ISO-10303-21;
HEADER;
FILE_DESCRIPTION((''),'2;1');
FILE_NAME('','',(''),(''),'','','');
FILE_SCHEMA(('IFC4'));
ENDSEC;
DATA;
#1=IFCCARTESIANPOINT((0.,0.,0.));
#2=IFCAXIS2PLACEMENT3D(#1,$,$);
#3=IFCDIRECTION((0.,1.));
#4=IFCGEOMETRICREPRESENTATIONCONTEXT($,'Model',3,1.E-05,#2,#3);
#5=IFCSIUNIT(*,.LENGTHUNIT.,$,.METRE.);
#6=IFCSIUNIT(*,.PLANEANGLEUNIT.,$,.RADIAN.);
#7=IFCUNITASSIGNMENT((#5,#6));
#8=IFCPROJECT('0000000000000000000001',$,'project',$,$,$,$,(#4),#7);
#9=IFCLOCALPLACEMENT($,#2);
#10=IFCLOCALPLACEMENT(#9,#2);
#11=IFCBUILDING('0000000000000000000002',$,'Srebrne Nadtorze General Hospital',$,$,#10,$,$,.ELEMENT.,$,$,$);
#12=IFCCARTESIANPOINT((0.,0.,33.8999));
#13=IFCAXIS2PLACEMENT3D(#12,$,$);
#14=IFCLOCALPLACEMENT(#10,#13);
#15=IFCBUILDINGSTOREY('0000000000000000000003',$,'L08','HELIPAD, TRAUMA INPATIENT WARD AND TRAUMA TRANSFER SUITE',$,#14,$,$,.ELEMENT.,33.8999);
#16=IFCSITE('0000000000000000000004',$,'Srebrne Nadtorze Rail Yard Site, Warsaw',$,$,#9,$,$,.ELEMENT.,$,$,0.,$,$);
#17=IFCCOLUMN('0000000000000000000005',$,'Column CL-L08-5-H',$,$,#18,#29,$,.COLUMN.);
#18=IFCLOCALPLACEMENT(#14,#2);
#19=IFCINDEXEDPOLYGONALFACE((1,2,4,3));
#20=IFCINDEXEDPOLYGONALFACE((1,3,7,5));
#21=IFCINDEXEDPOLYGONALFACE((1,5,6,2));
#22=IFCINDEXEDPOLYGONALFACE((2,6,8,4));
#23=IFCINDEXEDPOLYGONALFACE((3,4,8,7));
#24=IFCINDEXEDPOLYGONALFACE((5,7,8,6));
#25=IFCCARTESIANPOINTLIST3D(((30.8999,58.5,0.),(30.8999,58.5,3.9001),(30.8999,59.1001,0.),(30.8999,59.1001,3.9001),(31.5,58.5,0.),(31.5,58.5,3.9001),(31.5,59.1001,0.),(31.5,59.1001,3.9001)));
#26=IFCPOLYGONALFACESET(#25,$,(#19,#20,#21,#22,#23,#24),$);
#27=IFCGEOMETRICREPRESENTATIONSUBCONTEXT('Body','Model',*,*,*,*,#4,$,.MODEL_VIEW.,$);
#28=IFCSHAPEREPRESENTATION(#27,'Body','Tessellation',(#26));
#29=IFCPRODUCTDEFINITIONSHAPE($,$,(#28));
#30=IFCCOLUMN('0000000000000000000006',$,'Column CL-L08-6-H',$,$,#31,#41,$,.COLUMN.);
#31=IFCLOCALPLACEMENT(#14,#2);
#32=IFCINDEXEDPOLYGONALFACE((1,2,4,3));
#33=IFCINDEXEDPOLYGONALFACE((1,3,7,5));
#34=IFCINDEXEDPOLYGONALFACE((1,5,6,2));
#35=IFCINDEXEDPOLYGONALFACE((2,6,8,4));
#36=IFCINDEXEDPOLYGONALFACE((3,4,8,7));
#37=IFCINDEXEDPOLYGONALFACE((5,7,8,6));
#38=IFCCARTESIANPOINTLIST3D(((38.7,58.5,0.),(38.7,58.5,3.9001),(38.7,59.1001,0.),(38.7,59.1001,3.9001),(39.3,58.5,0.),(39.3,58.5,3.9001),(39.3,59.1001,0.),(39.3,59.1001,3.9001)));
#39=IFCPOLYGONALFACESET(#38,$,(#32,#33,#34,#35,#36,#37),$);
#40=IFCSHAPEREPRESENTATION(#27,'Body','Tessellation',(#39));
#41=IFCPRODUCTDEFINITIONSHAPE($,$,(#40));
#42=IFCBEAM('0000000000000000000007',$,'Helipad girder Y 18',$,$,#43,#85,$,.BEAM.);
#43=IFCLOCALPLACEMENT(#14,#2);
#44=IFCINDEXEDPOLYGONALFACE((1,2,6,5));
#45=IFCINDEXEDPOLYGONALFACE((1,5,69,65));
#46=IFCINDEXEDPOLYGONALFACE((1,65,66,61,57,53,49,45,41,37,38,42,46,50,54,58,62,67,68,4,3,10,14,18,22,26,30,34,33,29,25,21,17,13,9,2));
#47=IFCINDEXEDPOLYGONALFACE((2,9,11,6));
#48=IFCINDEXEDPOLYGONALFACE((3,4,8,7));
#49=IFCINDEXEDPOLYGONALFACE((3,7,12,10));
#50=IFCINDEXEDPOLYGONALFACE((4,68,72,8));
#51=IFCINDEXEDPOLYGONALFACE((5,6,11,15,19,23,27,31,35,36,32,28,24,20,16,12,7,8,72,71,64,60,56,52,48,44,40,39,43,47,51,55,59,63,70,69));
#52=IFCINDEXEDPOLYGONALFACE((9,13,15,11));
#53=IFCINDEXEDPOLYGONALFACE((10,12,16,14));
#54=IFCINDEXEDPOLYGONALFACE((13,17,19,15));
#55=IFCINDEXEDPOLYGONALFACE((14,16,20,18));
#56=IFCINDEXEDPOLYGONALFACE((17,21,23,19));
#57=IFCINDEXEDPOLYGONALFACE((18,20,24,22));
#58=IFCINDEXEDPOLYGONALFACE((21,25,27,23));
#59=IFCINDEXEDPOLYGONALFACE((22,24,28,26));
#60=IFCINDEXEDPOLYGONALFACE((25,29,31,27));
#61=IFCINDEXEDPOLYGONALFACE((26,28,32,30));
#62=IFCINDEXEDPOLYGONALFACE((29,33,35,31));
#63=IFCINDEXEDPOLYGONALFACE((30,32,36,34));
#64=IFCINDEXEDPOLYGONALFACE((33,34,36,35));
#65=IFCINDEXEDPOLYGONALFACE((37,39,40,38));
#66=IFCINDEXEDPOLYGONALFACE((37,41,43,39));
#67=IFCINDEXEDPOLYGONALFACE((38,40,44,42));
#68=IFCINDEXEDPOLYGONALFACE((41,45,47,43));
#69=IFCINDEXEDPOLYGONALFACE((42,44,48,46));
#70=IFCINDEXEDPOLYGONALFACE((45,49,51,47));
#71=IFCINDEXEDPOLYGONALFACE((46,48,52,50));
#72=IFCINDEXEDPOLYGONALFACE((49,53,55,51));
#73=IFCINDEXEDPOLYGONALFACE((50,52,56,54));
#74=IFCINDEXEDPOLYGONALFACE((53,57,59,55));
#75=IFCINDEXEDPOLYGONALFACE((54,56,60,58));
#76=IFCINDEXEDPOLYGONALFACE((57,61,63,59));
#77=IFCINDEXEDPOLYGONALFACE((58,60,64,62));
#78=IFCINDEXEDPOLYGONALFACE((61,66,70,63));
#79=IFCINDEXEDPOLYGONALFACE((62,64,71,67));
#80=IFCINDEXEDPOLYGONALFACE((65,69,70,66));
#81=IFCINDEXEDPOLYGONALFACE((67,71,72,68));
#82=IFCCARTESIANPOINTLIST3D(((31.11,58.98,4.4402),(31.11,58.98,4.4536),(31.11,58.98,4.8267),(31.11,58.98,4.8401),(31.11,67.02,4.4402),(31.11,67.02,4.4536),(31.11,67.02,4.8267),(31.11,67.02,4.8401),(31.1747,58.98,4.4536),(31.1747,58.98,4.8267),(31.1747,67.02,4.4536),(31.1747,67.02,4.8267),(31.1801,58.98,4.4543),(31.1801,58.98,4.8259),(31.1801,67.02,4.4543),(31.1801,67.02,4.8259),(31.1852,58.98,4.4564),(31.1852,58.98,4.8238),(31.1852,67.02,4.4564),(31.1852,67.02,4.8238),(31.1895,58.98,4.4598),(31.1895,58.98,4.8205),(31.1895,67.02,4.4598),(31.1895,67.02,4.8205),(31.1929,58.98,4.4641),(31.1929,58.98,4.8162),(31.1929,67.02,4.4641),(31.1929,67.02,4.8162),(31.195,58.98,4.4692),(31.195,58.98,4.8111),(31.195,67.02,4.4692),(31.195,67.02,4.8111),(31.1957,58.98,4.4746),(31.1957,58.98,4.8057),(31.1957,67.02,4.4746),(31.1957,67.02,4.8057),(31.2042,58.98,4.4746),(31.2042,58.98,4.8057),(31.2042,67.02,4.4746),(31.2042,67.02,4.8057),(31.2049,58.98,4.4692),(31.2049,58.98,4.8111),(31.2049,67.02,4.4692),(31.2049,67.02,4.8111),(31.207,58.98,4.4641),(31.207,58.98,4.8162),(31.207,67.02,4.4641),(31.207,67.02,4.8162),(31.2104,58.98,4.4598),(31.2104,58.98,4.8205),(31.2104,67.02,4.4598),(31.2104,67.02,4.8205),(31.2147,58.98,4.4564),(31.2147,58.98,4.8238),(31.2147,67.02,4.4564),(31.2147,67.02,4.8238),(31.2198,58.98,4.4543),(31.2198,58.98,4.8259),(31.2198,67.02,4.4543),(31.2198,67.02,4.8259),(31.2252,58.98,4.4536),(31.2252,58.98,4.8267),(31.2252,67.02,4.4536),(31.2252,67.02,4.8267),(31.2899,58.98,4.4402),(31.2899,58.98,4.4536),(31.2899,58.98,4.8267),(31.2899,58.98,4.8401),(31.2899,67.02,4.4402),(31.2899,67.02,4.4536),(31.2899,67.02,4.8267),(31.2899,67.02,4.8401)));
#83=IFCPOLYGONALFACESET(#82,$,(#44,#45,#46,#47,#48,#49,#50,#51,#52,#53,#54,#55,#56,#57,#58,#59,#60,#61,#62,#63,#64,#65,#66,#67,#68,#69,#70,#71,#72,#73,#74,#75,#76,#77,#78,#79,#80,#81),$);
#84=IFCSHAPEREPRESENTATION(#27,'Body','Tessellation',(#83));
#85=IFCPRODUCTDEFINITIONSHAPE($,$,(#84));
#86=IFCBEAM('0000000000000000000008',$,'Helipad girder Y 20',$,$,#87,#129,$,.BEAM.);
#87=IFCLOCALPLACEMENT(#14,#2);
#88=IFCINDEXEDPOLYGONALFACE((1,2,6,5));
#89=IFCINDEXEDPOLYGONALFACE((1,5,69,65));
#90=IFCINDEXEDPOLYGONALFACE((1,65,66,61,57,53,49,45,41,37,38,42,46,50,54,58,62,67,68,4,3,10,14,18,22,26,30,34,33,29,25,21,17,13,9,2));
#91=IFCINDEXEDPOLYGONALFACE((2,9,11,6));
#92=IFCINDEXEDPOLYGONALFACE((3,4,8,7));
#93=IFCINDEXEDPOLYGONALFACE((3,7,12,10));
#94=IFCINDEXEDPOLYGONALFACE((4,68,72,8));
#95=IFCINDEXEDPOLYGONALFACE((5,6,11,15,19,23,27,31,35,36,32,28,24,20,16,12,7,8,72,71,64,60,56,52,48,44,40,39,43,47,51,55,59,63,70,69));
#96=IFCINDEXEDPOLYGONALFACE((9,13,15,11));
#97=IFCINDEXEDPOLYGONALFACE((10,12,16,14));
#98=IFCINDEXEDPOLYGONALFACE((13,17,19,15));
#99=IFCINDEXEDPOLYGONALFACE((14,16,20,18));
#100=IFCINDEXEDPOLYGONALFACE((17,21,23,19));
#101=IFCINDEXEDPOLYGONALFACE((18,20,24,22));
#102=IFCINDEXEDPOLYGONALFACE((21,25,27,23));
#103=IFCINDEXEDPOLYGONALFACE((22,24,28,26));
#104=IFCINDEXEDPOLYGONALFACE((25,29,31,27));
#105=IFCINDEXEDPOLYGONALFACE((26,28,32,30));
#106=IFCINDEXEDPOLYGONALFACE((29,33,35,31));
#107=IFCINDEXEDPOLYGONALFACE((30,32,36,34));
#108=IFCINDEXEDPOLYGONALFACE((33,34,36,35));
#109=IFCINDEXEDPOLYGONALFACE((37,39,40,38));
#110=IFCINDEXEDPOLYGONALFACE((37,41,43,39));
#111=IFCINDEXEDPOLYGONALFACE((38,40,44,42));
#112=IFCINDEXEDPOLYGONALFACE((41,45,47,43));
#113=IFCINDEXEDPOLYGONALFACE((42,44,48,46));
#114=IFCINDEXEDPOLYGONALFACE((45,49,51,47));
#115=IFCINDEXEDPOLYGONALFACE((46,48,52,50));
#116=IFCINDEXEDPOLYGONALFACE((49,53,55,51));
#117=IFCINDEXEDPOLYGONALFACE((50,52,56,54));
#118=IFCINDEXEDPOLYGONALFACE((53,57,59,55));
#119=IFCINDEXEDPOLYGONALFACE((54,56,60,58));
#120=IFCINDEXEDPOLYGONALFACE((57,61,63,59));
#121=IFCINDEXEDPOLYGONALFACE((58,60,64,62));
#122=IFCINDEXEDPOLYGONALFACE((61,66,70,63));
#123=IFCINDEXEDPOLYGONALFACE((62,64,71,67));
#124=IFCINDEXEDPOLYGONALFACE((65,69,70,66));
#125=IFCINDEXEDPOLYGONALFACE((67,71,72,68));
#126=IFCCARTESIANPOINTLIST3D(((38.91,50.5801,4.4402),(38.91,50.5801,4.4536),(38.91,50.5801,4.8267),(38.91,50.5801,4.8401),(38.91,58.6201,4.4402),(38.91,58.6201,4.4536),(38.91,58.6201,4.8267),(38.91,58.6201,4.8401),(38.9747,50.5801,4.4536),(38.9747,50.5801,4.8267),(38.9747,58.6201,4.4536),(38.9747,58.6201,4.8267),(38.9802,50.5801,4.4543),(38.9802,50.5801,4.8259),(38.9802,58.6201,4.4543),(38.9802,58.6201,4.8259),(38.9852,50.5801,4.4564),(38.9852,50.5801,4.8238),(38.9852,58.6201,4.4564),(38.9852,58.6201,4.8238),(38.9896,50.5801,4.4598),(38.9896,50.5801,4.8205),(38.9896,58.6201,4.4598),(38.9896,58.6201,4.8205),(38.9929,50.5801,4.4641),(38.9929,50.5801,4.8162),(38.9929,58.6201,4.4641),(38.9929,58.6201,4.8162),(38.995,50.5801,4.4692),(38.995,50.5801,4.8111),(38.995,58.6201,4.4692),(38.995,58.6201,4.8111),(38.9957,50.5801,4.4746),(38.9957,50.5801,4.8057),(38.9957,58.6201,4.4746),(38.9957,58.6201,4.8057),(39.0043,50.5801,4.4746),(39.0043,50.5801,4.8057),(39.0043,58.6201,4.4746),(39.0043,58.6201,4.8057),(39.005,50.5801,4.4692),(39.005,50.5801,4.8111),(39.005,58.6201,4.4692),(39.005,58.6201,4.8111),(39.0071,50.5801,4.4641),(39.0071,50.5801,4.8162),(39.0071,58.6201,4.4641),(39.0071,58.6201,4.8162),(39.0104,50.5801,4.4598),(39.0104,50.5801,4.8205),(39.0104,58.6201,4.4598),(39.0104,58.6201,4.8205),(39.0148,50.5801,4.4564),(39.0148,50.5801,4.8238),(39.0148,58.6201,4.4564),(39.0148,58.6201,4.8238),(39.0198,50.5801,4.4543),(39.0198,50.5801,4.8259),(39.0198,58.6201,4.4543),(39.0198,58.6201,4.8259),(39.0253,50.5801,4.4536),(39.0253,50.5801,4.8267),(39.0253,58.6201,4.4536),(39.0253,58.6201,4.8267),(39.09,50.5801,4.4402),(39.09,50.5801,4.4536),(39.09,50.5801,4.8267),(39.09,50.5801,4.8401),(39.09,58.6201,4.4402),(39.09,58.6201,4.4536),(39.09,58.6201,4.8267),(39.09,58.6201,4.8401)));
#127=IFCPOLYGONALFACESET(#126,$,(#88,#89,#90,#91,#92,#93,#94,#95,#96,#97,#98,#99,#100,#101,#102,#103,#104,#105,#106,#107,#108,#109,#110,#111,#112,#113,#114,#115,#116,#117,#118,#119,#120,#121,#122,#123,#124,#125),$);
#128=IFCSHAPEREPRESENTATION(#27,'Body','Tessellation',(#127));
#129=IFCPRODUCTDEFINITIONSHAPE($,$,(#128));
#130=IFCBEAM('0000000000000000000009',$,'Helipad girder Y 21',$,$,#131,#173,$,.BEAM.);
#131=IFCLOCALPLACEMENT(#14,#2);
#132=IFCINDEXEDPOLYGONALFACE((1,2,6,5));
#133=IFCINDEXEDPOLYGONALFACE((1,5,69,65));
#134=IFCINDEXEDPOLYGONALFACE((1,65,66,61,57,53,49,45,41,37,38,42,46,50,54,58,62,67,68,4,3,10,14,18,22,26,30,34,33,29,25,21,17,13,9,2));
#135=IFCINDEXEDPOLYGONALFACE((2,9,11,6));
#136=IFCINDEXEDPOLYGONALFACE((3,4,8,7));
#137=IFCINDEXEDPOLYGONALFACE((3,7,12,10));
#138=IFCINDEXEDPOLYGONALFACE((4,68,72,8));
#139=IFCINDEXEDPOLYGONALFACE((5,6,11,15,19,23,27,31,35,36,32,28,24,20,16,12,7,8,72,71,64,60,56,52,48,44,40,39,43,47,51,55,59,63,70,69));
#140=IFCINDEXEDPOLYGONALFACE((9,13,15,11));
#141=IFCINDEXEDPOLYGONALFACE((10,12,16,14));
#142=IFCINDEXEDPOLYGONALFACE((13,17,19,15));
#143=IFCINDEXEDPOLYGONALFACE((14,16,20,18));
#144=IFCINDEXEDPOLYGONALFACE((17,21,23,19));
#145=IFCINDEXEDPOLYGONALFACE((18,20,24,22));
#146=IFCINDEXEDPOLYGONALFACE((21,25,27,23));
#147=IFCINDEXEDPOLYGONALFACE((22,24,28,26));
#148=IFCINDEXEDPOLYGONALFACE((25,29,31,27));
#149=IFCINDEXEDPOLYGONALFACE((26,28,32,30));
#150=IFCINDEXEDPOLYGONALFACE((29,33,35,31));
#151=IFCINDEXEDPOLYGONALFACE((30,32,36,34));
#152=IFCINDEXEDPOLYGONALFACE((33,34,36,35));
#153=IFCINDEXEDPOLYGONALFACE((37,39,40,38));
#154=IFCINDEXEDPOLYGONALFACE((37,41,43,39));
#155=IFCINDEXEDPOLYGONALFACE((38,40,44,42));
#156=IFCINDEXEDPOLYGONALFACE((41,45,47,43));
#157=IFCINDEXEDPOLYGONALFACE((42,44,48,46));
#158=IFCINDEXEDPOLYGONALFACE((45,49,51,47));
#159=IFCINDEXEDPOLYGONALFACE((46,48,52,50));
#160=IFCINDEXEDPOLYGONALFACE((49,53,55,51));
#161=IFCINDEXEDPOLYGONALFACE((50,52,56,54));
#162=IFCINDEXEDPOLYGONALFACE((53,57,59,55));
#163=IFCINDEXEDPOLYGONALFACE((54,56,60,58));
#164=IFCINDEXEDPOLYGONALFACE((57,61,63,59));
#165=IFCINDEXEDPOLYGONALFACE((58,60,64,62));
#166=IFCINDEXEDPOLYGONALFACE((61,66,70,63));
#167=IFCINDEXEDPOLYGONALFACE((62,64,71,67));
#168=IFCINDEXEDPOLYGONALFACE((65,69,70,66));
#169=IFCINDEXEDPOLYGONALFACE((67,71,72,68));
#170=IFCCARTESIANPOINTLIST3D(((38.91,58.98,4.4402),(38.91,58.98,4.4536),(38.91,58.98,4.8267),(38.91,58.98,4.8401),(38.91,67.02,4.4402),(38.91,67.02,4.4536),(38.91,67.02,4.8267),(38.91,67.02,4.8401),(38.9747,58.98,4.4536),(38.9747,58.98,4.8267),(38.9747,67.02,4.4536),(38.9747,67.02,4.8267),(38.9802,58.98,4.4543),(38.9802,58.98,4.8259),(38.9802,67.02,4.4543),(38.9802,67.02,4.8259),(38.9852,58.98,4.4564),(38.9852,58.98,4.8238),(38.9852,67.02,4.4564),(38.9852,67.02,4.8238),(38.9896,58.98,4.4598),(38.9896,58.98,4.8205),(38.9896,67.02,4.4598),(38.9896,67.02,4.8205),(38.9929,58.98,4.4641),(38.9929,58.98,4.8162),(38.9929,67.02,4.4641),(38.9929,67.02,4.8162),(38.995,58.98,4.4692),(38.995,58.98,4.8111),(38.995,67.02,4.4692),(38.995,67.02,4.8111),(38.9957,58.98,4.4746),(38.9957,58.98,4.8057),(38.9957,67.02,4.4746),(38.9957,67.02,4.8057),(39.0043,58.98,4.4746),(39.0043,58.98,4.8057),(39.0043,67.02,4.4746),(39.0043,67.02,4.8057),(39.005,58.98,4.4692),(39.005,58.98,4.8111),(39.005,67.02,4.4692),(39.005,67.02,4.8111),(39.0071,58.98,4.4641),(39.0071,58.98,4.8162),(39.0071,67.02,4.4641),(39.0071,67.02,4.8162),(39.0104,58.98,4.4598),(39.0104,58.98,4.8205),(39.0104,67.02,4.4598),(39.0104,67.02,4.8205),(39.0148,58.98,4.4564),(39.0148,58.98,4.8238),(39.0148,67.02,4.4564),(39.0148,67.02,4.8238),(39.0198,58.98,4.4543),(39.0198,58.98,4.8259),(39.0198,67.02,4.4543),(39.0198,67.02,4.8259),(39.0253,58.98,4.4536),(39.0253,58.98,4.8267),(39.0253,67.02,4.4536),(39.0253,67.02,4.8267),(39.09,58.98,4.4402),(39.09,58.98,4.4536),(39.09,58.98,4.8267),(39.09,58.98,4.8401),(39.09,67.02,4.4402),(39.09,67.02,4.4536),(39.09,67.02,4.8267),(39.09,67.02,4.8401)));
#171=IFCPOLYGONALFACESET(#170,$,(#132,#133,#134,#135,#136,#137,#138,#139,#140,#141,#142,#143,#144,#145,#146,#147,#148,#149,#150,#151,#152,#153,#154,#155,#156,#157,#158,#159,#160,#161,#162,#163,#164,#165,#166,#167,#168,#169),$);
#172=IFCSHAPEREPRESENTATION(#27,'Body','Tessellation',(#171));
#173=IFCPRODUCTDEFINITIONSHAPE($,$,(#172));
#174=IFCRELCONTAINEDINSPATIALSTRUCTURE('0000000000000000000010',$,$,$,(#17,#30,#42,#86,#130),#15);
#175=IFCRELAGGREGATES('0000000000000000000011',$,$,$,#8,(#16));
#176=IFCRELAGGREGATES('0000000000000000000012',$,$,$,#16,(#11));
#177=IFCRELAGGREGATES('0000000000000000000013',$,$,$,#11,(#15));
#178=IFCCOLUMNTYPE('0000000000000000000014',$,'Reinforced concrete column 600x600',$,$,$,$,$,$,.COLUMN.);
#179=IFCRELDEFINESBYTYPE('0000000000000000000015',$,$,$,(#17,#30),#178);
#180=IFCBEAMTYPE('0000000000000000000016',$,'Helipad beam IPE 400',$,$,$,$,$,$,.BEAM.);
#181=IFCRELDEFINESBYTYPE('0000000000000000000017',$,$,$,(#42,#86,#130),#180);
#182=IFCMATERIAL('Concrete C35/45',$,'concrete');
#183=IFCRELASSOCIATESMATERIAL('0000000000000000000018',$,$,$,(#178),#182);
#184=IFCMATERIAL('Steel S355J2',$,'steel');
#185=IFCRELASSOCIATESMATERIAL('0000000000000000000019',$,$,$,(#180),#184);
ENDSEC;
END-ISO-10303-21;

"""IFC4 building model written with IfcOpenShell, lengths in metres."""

from ifc_helpers import new_model, si_unit, direction, frame, origin, origin_2d, place, context, subcontext, project, spatial, rectangle, i_section, extrude, material, material_profile, profile_set, type_object, element, save


model = new_model("IFC4")

# Units and contexts
model_context = context("Model", 3, precision=1e-05, world=origin(), true_north=direction((0.0, 1.0)))
body_context = subcontext(model_context, "Body", "Model", "MODEL_VIEW")
ifc_project = project(units=[si_unit("LENGTHUNIT", "METRE"), si_unit("PLANEANGLEUNIT", "RADIAN")], contexts=[model_context])

# Site, building, storey
site_placement = place(None, origin())
site = spatial("IfcSite", under=ifc_project, at=site_placement, Name="Srebrne Nadtorze Rail Yard Site, Warsaw", CompositionType="ELEMENT", RefElevation=0.0)
building_placement = place(site_placement, origin())
building = spatial("IfcBuilding", under=site, at=building_placement, Name="Srebrne Nadtorze General Hospital", CompositionType="ELEMENT")
storey_placement = place(building_placement, frame((0.0, 0.0, 33.8999)))
storey = spatial("IfcBuildingStorey", under=building, at=storey_placement, Name="L08", Description="HELIPAD, TRAUMA INPATIENT WARD AND TRAUMA TRANSFER SUITE", CompositionType="ELEMENT", Elevation=33.8999)

# Columns
ifc_material_1 = material(Name="Concrete C35/45", Category="concrete")
ifc_material_profile_1 = material_profile(ifc_material_1, rectangle(XDim=0.6001, YDim=0.6001, at=origin_2d()), Name="RC-COL-600x600")
ifc_profile_set_1 = profile_set([ifc_material_profile_1], Name="Concrete C35/45")
column_type = type_object("IfcColumnType", Name="Reinforced concrete column 600x600", PredefinedType="COLUMN", material=ifc_profile_set_1)
for number, where, z_axis, x_axis, name in (
    (1, (31.2, 58.8, 0.0), (0.0, 0.0, 1.0), (1.0, 0.0, 0.0), "Column CL-L08-5-H"),
    (2, (39.0, 58.8, 0.0), (0.0, 0.0, 1.0), (1.0, 0.0, 0.0), "Column CL-L08-6-H"),
):
    element("IfcColumn", number, at=place(storey_placement, frame(where, z_axis=z_axis, x_axis=x_axis)), inside=storey, type_object=column_type, Name=name, PredefinedType="COLUMN", context=body_context, shape_type="SweptSolid", body=[
        extrude(rectangle(XDim=0.6001, YDim=0.6001, at=origin_2d()), origin(), (0.0, 0.0, 1.0), 3.9001),
    ])

# Beams
ifc_material_2 = material(Name="Steel S355J2", Category="steel")
ifc_material_profile_2 = material_profile(ifc_material_2, i_section(OverallWidth=0.1799, OverallDepth=0.3999, WebThickness=0.0085, FlangeThickness=0.0134, FilletRadius=0.021, at=origin_2d()), Name="IPE-400")
ifc_profile_set_2 = profile_set([ifc_material_profile_2], Name="Steel S355J2")
beam_type_1 = type_object("IfcBeamType", Name="Helipad beam IPE 400", PredefinedType="BEAM", material=ifc_profile_set_2)
for number, where, z_axis, x_axis, name in (
    (3, (31.2, 58.98, 4.6401), (0.0, 1.0, 0.0), (-1.0, 0.0, 0.0), "Helipad girder Y 18"),
    (4, (39.0, 50.5801, 4.6401), (0.0, 1.0, 0.0), (-1.0, 0.0, 0.0), "Helipad girder Y 20"),
    (5, (39.0, 58.98, 4.6401), (0.0, 1.0, 0.0), (-1.0, 0.0, 0.0), "Helipad girder Y 21"),
):
    element("IfcBeam", number, at=place(storey_placement, frame(where, z_axis=z_axis, x_axis=x_axis)), inside=storey, type_object=beam_type_1, Name=name, PredefinedType="BEAM", context=body_context, shape_type="SweptSolid", body=[
        extrude(i_section(OverallWidth=0.1799, OverallDepth=0.3999, WebThickness=0.0085, FlangeThickness=0.0134, FilletRadius=0.021, at=origin_2d()), origin(), (0.0, 0.0, 1.0), 8.04),
    ])

save(model, "model.ifc")
